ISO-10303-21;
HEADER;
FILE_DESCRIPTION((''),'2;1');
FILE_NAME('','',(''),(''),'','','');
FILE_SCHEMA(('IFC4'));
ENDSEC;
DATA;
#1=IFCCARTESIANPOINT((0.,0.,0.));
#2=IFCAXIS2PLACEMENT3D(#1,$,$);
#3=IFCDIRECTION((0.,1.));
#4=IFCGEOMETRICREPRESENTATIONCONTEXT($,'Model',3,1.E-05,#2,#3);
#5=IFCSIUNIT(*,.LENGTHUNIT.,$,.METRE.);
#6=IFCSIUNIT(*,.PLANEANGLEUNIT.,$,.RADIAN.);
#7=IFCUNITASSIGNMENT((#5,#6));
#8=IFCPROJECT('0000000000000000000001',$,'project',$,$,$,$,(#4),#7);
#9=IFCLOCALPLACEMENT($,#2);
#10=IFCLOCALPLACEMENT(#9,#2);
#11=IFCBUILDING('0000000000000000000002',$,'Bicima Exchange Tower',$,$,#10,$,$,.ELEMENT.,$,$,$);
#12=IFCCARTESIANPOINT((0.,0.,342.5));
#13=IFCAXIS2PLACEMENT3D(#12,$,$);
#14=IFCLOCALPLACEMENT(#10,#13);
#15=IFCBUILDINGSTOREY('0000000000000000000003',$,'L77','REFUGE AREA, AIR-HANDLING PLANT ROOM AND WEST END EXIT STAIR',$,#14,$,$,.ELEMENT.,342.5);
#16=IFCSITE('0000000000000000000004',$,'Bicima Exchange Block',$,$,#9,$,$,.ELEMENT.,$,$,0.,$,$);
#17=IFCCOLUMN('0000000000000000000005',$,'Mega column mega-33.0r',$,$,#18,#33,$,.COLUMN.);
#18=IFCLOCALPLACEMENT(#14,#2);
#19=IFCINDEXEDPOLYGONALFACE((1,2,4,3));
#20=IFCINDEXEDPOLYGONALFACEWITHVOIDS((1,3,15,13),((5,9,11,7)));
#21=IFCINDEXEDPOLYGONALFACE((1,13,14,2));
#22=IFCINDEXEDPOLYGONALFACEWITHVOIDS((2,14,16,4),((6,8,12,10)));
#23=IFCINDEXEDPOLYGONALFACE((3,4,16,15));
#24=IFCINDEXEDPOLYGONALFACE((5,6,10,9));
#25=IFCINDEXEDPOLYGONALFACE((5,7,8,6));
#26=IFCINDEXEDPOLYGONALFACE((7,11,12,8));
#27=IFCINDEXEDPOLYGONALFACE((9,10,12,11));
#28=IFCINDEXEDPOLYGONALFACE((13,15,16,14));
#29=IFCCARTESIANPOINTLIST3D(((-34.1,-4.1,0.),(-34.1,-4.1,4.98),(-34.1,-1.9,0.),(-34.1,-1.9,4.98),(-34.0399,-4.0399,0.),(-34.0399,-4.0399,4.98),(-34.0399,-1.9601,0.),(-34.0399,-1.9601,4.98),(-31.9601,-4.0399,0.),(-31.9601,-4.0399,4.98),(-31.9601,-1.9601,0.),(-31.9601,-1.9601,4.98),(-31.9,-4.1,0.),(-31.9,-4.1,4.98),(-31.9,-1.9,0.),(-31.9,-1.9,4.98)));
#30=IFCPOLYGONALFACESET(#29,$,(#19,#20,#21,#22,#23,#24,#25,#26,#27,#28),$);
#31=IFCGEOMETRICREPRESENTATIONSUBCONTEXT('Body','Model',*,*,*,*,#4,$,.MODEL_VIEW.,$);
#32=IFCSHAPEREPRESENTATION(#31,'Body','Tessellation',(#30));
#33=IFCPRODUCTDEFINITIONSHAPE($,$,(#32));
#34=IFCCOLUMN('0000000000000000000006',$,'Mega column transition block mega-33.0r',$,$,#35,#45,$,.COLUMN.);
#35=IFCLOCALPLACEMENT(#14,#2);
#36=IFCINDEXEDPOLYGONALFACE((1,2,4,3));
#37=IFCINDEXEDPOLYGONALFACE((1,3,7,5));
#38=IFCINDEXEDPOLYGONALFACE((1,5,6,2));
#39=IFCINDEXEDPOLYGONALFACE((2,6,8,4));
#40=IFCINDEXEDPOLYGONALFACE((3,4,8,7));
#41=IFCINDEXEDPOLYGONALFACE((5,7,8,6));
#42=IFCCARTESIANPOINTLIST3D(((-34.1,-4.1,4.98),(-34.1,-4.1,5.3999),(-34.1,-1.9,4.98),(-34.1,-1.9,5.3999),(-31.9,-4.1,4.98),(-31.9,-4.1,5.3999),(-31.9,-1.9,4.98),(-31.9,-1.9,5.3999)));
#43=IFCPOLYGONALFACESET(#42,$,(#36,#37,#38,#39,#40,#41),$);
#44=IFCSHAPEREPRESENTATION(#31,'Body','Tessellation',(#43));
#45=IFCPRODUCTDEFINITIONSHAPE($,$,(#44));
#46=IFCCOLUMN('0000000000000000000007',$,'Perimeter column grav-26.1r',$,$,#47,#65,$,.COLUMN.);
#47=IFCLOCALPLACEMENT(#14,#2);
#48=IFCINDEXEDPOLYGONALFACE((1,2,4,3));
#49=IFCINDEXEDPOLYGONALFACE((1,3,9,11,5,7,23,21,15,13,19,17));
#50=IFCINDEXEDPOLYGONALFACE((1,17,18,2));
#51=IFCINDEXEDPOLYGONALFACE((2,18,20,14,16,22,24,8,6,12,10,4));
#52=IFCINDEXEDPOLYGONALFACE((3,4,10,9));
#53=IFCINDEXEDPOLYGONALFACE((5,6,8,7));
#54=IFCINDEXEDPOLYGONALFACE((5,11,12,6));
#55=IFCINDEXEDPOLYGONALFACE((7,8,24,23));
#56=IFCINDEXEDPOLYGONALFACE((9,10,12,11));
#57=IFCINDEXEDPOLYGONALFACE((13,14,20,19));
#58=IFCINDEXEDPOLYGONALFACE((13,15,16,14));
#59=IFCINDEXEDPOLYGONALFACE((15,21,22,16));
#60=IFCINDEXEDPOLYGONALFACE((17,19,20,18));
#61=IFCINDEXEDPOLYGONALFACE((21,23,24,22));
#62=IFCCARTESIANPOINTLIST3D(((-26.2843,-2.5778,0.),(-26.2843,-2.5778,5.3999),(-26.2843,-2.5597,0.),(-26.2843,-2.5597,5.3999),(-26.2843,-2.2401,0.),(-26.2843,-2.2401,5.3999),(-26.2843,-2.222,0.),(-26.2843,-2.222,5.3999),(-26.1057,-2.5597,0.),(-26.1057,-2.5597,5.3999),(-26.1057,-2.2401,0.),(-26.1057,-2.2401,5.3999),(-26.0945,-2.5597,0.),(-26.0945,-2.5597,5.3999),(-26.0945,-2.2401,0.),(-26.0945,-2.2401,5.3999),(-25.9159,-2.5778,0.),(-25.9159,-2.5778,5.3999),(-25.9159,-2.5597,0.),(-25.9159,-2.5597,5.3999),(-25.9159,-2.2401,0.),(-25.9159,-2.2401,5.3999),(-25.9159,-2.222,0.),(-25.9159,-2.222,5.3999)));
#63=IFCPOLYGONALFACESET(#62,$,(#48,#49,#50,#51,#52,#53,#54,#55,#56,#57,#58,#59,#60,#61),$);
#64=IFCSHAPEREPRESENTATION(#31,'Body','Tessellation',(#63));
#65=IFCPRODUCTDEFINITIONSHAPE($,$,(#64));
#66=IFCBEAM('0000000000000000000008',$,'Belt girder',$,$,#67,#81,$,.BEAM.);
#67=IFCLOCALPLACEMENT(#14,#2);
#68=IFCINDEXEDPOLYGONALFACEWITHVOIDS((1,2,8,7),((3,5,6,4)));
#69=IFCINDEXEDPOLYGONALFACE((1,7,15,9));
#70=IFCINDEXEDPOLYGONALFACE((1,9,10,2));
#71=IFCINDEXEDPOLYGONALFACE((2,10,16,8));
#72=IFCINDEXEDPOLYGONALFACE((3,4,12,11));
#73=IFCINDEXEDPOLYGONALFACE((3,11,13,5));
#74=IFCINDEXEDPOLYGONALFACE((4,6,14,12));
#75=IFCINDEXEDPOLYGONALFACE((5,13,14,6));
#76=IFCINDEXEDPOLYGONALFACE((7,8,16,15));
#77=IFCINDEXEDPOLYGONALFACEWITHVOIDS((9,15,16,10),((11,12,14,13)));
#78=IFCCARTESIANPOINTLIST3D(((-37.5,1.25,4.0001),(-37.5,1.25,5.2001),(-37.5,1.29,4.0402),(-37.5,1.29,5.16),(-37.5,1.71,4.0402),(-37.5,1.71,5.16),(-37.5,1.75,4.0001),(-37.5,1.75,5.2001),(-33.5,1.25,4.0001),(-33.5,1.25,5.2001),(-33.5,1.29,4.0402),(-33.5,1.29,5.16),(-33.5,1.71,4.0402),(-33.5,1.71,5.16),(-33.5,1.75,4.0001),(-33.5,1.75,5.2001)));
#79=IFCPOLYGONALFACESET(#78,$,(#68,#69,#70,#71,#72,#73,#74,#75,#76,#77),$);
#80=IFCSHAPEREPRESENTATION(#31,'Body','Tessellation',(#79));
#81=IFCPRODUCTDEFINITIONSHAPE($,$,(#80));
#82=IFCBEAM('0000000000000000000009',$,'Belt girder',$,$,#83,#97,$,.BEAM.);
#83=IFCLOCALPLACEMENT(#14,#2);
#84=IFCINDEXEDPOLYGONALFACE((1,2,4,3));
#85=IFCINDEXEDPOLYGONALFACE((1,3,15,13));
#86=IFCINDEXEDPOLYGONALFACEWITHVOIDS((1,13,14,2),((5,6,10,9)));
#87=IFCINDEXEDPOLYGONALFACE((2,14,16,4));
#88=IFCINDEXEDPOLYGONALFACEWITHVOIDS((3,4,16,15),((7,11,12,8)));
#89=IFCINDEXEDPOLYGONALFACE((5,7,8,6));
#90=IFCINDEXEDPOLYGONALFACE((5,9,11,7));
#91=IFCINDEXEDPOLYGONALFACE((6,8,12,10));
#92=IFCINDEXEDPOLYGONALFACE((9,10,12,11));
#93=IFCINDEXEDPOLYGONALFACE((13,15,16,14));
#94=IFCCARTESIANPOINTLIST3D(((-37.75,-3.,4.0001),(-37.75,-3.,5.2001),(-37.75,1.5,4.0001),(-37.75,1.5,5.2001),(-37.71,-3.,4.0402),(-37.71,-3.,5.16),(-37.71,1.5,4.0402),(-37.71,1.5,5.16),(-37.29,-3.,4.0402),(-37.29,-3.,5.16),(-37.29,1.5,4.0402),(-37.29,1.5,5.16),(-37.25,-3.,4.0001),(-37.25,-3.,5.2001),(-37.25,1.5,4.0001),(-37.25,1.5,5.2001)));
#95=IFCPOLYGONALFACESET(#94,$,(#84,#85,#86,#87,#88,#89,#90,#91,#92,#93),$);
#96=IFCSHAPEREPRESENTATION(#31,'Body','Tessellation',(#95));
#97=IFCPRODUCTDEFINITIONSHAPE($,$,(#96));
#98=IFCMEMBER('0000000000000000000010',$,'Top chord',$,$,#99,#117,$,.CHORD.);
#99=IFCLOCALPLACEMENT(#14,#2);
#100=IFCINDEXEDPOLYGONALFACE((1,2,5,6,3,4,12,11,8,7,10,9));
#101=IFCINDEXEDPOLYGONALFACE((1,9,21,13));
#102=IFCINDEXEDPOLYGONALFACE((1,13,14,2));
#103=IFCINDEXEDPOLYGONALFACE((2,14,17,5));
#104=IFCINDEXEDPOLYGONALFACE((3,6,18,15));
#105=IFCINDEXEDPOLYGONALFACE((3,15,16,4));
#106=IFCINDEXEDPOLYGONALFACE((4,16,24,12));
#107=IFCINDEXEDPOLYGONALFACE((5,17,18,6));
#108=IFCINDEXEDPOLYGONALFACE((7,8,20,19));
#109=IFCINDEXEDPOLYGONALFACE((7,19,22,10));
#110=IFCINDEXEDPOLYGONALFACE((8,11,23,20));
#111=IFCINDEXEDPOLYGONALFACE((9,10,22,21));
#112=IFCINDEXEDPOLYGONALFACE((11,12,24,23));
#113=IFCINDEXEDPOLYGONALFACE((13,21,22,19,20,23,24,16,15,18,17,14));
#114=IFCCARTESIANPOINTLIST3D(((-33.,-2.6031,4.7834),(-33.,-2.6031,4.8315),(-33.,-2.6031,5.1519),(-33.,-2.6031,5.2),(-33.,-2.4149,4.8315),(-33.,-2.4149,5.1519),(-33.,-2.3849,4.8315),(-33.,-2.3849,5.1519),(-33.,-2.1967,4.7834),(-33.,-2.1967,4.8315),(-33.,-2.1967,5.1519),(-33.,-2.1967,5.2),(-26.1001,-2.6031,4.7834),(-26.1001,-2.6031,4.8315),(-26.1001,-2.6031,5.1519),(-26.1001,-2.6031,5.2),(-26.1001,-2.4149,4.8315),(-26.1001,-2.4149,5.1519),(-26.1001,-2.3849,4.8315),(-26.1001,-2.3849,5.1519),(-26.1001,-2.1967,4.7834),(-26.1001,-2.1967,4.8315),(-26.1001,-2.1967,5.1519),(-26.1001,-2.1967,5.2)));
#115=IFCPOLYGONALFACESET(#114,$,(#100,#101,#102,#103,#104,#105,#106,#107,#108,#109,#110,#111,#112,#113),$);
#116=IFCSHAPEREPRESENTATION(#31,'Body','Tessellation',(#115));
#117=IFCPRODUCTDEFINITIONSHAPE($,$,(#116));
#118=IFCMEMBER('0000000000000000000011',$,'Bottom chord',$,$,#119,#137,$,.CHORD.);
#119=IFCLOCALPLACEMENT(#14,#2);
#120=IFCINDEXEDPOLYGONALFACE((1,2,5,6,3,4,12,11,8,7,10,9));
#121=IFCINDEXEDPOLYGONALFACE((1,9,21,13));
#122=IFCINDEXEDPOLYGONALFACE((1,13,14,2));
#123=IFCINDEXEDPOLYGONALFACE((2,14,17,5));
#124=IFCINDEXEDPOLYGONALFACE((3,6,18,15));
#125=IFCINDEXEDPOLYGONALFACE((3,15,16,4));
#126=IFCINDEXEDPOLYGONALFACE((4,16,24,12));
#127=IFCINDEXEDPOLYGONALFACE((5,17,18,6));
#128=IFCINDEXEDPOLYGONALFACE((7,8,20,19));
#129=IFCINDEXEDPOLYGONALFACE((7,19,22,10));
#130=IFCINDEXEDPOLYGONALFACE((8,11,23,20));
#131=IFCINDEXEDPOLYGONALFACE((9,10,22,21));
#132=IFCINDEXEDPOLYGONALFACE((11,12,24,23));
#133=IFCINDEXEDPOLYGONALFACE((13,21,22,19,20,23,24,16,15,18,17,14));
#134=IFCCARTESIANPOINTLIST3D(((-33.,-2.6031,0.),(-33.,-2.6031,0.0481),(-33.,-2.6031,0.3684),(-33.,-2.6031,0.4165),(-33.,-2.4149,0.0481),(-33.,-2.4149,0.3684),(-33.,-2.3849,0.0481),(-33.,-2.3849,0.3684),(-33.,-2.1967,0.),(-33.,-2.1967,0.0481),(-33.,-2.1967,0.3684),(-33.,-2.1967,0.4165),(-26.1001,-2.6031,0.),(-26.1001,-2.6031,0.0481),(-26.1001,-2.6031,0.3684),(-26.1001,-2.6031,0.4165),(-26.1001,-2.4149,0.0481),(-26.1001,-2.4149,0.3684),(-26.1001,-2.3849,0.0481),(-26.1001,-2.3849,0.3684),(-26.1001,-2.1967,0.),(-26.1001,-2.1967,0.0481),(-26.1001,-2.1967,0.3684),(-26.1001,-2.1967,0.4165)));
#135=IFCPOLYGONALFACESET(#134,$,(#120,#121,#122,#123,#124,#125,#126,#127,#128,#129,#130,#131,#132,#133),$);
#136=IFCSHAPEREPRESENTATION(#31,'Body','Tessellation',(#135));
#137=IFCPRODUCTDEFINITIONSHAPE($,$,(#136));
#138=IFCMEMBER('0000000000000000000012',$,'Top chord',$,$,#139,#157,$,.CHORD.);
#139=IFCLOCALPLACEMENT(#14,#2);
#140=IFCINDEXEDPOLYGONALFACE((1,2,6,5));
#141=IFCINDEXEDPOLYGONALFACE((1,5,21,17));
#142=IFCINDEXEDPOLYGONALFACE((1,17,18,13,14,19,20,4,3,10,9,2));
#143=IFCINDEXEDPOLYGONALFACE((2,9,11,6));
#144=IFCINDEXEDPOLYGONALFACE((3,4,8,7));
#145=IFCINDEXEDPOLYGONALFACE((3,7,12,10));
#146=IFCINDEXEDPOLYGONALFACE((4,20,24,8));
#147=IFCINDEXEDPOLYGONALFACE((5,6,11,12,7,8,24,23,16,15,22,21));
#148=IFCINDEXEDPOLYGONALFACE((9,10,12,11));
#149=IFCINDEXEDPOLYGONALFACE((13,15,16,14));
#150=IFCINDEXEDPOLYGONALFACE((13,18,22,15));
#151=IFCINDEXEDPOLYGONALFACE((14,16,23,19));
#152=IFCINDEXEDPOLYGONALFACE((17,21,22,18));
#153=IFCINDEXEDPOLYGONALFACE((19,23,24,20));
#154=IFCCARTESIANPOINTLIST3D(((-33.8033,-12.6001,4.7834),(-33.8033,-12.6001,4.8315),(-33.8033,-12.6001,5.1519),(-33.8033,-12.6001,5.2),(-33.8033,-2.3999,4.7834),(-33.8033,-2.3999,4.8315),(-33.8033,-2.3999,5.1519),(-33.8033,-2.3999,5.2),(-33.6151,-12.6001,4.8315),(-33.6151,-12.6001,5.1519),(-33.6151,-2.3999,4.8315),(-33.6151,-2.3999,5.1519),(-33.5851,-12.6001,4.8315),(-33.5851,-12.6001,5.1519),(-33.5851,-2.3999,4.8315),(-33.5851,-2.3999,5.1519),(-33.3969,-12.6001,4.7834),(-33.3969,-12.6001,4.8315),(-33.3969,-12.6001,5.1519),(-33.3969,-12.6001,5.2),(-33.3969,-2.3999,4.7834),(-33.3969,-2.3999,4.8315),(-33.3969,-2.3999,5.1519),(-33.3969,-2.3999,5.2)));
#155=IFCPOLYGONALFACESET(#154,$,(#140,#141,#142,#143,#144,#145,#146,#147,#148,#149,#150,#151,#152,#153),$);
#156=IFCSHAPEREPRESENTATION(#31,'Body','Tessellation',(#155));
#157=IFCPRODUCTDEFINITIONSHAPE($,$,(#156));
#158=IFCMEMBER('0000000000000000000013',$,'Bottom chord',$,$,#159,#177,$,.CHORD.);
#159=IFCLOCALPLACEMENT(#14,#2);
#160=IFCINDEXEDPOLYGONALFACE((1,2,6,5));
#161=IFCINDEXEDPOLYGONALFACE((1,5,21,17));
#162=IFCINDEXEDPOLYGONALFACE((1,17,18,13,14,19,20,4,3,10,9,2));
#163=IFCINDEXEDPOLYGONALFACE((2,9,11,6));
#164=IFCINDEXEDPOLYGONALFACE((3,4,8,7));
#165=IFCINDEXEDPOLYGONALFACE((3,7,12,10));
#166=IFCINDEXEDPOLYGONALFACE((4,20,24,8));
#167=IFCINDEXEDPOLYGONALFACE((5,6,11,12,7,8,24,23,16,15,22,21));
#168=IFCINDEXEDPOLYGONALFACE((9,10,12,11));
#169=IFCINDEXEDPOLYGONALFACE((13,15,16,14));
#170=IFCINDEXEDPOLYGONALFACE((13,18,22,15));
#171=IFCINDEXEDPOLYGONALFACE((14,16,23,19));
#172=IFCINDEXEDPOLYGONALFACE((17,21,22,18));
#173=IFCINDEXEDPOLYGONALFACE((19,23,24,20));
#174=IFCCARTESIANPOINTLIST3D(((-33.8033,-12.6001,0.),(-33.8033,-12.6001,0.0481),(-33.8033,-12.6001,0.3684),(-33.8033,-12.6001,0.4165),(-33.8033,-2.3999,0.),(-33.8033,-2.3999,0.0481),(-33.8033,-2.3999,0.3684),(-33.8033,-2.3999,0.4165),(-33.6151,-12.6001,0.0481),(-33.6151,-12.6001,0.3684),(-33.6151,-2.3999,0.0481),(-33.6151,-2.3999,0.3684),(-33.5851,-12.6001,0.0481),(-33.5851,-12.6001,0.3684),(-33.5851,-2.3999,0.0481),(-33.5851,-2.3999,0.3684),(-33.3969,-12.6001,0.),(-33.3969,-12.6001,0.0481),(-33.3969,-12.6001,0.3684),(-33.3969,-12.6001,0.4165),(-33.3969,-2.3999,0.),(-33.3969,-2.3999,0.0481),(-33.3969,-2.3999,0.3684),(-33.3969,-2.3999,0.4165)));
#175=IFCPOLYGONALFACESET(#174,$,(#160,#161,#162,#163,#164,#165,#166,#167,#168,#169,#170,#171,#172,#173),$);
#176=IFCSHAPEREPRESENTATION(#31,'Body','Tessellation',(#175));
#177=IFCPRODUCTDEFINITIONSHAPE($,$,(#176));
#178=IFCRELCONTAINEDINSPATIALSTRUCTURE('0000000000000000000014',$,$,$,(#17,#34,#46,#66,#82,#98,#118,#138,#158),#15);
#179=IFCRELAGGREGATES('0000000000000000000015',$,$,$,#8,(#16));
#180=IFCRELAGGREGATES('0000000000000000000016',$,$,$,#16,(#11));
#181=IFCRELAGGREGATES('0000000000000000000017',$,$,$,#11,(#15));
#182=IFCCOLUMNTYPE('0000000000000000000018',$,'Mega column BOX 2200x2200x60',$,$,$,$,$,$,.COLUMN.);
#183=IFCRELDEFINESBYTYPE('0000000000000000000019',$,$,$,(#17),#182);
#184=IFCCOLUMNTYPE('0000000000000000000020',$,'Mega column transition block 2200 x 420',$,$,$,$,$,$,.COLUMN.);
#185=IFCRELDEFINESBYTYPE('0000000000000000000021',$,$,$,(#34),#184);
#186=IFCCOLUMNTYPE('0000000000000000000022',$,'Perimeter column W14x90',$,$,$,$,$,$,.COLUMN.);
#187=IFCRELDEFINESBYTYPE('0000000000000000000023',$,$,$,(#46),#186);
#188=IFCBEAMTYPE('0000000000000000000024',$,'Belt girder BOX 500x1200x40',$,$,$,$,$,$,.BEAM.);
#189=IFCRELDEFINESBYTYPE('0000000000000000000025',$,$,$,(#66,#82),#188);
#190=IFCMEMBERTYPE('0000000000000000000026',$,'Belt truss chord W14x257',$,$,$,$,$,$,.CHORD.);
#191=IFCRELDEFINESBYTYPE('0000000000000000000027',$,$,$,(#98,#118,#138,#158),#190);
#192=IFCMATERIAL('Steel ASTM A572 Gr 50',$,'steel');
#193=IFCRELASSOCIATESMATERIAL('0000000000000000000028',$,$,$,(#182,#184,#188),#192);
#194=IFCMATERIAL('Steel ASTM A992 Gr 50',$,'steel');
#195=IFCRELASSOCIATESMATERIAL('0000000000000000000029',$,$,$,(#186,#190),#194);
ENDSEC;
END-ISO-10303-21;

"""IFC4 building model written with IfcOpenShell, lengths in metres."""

from ifc_helpers import new_model, si_unit, direction, frame, origin, origin_2d, place, context, subcontext, project, spatial, rectangle, hollow_rectangle, i_section, extrude, material, material_profile, profile_set, type_object, element, save


model = new_model("IFC4")

# Units and contexts
model_context = context("Model", 3, precision=1e-05, world=origin(), true_north=direction((0.0, 1.0)))
body_context = subcontext(model_context, "Body", "Model", "MODEL_VIEW")
ifc_project = project(units=[si_unit("LENGTHUNIT", "METRE"), si_unit("PLANEANGLEUNIT", "RADIAN")], contexts=[model_context])

# Site, building, storey
site_placement = place(None, origin())
site = spatial("IfcSite", under=ifc_project, at=site_placement, Name="Bicima Exchange Block", CompositionType="ELEMENT", RefElevation=0.0)
building_placement = place(site_placement, origin())
building = spatial("IfcBuilding", under=site, at=building_placement, Name="Bicima Exchange Tower", CompositionType="ELEMENT")
storey_placement = place(building_placement, frame((0.0, 0.0, 342.5)))
storey = spatial("IfcBuildingStorey", under=building, at=storey_placement, Name="L77", Description="REFUGE AREA, AIR-HANDLING PLANT ROOM AND WEST END EXIT STAIR", CompositionType="ELEMENT", Elevation=342.5)

# Columns
ifc_material_1 = material(Name="Steel ASTM A572 Gr 50", Category="steel")
ifc_material_profile_1 = material_profile(ifc_material_1, hollow_rectangle(XDim=2.2, YDim=2.2, WallThickness=0.0601, at=origin_2d()))
ifc_profile_set_1 = profile_set([ifc_material_profile_1], Name="Steel ASTM A572 Gr 50")
column_type_1 = type_object("IfcColumnType", Name="Mega column BOX 2200x2200x60", PredefinedType="COLUMN", material=ifc_profile_set_1)
column_1_placement = place(storey_placement, frame((-33.0, -3.0, 0.0), z_axis=(0.0, 0.0, 1.0), x_axis=(1.0, 0.0, 0.0)))
element("IfcColumn", 1, at=column_1_placement, inside=storey, type_object=column_type_1, Name="Mega column mega-33.0r", PredefinedType="COLUMN", context=body_context, shape_type="SweptSolid", body=[
    extrude(hollow_rectangle(XDim=2.2, YDim=2.2, WallThickness=0.0601, at=origin_2d()), origin(), (0.0, 0.0, 1.0), 4.98),
])
ifc_material_profile_2 = material_profile(ifc_material_1, rectangle(XDim=2.2, YDim=2.2, at=origin_2d()))
ifc_profile_set_2 = profile_set([ifc_material_profile_2], Name="Steel ASTM A572 Gr 50")
column_type_2 = type_object("IfcColumnType", Name="Mega column transition block 2200 x 420", PredefinedType="COLUMN", material=ifc_profile_set_2)
column_2_placement = place(storey_placement, frame((-33.0, -3.0, 4.98), z_axis=(0.0, 0.0, 1.0), x_axis=(1.0, 0.0, 0.0)))
element("IfcColumn", 2, at=column_2_placement, inside=storey, type_object=column_type_2, Name="Mega column transition block mega-33.0r", PredefinedType="COLUMN", context=body_context, shape_type="SweptSolid", body=[
    extrude(rectangle(XDim=2.2, YDim=2.2, at=origin_2d()), origin(), (0.0, 0.0, 1.0), 0.4199),
])
ifc_material_2 = material(Name="Steel ASTM A992 Gr 50", Category="steel")
ifc_material_profile_3 = material_profile(ifc_material_2, i_section(OverallWidth=0.3684, OverallDepth=0.3557, WebThickness=0.0112, FlangeThickness=0.0181, at=origin_2d()))
ifc_profile_set_3 = profile_set([ifc_material_profile_3], Name="Steel ASTM A992 Gr 50")
column_type_3 = type_object("IfcColumnType", Name="Perimeter column W14x90", PredefinedType="COLUMN", material=ifc_profile_set_3)
column_3_placement = place(storey_placement, frame((-26.1001, -2.3999, 0.0), z_axis=(0.0, 0.0, 1.0), x_axis=(1.0, 0.0, 0.0)))
element("IfcColumn", 3, at=column_3_placement, inside=storey, type_object=column_type_3, Name="Perimeter column grav-26.1r", PredefinedType="COLUMN", context=body_context, shape_type="SweptSolid", body=[
    extrude(i_section(OverallWidth=0.3684, OverallDepth=0.3557, WebThickness=0.0112, FlangeThickness=0.0181, at=origin_2d()), origin(), (0.0, 0.0, 1.0), 5.3999),
])

# Beams
ifc_material_profile_4 = material_profile(ifc_material_1, hollow_rectangle(XDim=0.5, YDim=1.2, WallThickness=0.04, at=origin_2d()))
ifc_profile_set_4 = profile_set([ifc_material_profile_4], Name="Steel ASTM A572 Gr 50")
beam_type_1 = type_object("IfcBeamType", Name="Belt girder BOX 500x1200x40", PredefinedType="BEAM", material=ifc_profile_set_4)
beam_1_placement = place(storey_placement, frame((-33.5, 1.5, 4.6001), z_axis=(-1.0, 0.0, 0.0), x_axis=(0.0, -1.0, 0.0)))
element("IfcBeam", 4, at=beam_1_placement, inside=storey, type_object=beam_type_1, Name="Belt girder", PredefinedType="BEAM", context=body_context, shape_type="SweptSolid", body=[
    extrude(hollow_rectangle(XDim=0.5, YDim=1.2, WallThickness=0.04, at=origin_2d()), origin(), (0.0, 0.0, 1.0), 4.0),
])
beam_2_placement = place(storey_placement, frame((-37.5, 1.5, 4.6001), z_axis=(0.0, -1.0, 0.0), x_axis=(1.0, 0.0, 0.0)))
element("IfcBeam", 5, at=beam_2_placement, inside=storey, type_object=beam_type_1, Name="Belt girder", PredefinedType="BEAM", context=body_context, shape_type="SweptSolid", body=[
    extrude(hollow_rectangle(XDim=0.5, YDim=1.2, WallThickness=0.04, at=origin_2d()), origin(), (0.0, 0.0, 1.0), 4.5),
])

# Members
ifc_material_profile_5 = material_profile(ifc_material_2, i_section(OverallWidth=0.4065, OverallDepth=0.4165, WebThickness=0.03, FlangeThickness=0.0481, at=origin_2d()))
ifc_profile_set_5 = profile_set([ifc_material_profile_5], Name="Steel ASTM A992 Gr 50")
member_type_1 = type_object("IfcMemberType", Name="Belt truss chord W14x257", PredefinedType="CHORD", material=ifc_profile_set_5)
for number, where, z_axis, x_axis, name in (
    (6, (-26.1001, -2.3999, 4.9917), (-1.0, 0.0, 0.0), (0.0, -1.0, 0.0), "Top chord"),
    (7, (-26.1001, -2.3999, 0.2083), (-1.0, 0.0, 0.0), (0.0, -1.0, 0.0), "Bottom chord"),
):
    element("IfcMember", number, at=place(storey_placement, frame(where, z_axis=z_axis, x_axis=x_axis)), inside=storey, type_object=member_type_1, Name=name, PredefinedType="CHORD", context=body_context, shape_type="SweptSolid", body=[
        extrude(i_section(OverallWidth=0.4065, OverallDepth=0.4165, WebThickness=0.03, FlangeThickness=0.0481, at=origin_2d()), origin(), (0.0, 0.0, 1.0), 6.8999),
    ])
for number, where, z_axis, x_axis, name in (
    (8, (-33.6001, -2.3999, 4.9917), (0.0, -1.0, 0.0), (1.0, 0.0, 0.0), "Top chord"),
    (9, (-33.6001, -2.3999, 0.2083), (0.0, -1.0, 0.0), (1.0, 0.0, 0.0), "Bottom chord"),
):
    element("IfcMember", number, at=place(storey_placement, frame(where, z_axis=z_axis, x_axis=x_axis)), inside=storey, type_object=member_type_1, Name=name, PredefinedType="CHORD", context=body_context, shape_type="SweptSolid", body=[
        extrude(i_section(OverallWidth=0.4065, OverallDepth=0.4165, WebThickness=0.03, FlangeThickness=0.0481, at=origin_2d()), origin(), (0.0, 0.0, 1.0), 10.2002),
    ])

save(model, "model.ifc")
